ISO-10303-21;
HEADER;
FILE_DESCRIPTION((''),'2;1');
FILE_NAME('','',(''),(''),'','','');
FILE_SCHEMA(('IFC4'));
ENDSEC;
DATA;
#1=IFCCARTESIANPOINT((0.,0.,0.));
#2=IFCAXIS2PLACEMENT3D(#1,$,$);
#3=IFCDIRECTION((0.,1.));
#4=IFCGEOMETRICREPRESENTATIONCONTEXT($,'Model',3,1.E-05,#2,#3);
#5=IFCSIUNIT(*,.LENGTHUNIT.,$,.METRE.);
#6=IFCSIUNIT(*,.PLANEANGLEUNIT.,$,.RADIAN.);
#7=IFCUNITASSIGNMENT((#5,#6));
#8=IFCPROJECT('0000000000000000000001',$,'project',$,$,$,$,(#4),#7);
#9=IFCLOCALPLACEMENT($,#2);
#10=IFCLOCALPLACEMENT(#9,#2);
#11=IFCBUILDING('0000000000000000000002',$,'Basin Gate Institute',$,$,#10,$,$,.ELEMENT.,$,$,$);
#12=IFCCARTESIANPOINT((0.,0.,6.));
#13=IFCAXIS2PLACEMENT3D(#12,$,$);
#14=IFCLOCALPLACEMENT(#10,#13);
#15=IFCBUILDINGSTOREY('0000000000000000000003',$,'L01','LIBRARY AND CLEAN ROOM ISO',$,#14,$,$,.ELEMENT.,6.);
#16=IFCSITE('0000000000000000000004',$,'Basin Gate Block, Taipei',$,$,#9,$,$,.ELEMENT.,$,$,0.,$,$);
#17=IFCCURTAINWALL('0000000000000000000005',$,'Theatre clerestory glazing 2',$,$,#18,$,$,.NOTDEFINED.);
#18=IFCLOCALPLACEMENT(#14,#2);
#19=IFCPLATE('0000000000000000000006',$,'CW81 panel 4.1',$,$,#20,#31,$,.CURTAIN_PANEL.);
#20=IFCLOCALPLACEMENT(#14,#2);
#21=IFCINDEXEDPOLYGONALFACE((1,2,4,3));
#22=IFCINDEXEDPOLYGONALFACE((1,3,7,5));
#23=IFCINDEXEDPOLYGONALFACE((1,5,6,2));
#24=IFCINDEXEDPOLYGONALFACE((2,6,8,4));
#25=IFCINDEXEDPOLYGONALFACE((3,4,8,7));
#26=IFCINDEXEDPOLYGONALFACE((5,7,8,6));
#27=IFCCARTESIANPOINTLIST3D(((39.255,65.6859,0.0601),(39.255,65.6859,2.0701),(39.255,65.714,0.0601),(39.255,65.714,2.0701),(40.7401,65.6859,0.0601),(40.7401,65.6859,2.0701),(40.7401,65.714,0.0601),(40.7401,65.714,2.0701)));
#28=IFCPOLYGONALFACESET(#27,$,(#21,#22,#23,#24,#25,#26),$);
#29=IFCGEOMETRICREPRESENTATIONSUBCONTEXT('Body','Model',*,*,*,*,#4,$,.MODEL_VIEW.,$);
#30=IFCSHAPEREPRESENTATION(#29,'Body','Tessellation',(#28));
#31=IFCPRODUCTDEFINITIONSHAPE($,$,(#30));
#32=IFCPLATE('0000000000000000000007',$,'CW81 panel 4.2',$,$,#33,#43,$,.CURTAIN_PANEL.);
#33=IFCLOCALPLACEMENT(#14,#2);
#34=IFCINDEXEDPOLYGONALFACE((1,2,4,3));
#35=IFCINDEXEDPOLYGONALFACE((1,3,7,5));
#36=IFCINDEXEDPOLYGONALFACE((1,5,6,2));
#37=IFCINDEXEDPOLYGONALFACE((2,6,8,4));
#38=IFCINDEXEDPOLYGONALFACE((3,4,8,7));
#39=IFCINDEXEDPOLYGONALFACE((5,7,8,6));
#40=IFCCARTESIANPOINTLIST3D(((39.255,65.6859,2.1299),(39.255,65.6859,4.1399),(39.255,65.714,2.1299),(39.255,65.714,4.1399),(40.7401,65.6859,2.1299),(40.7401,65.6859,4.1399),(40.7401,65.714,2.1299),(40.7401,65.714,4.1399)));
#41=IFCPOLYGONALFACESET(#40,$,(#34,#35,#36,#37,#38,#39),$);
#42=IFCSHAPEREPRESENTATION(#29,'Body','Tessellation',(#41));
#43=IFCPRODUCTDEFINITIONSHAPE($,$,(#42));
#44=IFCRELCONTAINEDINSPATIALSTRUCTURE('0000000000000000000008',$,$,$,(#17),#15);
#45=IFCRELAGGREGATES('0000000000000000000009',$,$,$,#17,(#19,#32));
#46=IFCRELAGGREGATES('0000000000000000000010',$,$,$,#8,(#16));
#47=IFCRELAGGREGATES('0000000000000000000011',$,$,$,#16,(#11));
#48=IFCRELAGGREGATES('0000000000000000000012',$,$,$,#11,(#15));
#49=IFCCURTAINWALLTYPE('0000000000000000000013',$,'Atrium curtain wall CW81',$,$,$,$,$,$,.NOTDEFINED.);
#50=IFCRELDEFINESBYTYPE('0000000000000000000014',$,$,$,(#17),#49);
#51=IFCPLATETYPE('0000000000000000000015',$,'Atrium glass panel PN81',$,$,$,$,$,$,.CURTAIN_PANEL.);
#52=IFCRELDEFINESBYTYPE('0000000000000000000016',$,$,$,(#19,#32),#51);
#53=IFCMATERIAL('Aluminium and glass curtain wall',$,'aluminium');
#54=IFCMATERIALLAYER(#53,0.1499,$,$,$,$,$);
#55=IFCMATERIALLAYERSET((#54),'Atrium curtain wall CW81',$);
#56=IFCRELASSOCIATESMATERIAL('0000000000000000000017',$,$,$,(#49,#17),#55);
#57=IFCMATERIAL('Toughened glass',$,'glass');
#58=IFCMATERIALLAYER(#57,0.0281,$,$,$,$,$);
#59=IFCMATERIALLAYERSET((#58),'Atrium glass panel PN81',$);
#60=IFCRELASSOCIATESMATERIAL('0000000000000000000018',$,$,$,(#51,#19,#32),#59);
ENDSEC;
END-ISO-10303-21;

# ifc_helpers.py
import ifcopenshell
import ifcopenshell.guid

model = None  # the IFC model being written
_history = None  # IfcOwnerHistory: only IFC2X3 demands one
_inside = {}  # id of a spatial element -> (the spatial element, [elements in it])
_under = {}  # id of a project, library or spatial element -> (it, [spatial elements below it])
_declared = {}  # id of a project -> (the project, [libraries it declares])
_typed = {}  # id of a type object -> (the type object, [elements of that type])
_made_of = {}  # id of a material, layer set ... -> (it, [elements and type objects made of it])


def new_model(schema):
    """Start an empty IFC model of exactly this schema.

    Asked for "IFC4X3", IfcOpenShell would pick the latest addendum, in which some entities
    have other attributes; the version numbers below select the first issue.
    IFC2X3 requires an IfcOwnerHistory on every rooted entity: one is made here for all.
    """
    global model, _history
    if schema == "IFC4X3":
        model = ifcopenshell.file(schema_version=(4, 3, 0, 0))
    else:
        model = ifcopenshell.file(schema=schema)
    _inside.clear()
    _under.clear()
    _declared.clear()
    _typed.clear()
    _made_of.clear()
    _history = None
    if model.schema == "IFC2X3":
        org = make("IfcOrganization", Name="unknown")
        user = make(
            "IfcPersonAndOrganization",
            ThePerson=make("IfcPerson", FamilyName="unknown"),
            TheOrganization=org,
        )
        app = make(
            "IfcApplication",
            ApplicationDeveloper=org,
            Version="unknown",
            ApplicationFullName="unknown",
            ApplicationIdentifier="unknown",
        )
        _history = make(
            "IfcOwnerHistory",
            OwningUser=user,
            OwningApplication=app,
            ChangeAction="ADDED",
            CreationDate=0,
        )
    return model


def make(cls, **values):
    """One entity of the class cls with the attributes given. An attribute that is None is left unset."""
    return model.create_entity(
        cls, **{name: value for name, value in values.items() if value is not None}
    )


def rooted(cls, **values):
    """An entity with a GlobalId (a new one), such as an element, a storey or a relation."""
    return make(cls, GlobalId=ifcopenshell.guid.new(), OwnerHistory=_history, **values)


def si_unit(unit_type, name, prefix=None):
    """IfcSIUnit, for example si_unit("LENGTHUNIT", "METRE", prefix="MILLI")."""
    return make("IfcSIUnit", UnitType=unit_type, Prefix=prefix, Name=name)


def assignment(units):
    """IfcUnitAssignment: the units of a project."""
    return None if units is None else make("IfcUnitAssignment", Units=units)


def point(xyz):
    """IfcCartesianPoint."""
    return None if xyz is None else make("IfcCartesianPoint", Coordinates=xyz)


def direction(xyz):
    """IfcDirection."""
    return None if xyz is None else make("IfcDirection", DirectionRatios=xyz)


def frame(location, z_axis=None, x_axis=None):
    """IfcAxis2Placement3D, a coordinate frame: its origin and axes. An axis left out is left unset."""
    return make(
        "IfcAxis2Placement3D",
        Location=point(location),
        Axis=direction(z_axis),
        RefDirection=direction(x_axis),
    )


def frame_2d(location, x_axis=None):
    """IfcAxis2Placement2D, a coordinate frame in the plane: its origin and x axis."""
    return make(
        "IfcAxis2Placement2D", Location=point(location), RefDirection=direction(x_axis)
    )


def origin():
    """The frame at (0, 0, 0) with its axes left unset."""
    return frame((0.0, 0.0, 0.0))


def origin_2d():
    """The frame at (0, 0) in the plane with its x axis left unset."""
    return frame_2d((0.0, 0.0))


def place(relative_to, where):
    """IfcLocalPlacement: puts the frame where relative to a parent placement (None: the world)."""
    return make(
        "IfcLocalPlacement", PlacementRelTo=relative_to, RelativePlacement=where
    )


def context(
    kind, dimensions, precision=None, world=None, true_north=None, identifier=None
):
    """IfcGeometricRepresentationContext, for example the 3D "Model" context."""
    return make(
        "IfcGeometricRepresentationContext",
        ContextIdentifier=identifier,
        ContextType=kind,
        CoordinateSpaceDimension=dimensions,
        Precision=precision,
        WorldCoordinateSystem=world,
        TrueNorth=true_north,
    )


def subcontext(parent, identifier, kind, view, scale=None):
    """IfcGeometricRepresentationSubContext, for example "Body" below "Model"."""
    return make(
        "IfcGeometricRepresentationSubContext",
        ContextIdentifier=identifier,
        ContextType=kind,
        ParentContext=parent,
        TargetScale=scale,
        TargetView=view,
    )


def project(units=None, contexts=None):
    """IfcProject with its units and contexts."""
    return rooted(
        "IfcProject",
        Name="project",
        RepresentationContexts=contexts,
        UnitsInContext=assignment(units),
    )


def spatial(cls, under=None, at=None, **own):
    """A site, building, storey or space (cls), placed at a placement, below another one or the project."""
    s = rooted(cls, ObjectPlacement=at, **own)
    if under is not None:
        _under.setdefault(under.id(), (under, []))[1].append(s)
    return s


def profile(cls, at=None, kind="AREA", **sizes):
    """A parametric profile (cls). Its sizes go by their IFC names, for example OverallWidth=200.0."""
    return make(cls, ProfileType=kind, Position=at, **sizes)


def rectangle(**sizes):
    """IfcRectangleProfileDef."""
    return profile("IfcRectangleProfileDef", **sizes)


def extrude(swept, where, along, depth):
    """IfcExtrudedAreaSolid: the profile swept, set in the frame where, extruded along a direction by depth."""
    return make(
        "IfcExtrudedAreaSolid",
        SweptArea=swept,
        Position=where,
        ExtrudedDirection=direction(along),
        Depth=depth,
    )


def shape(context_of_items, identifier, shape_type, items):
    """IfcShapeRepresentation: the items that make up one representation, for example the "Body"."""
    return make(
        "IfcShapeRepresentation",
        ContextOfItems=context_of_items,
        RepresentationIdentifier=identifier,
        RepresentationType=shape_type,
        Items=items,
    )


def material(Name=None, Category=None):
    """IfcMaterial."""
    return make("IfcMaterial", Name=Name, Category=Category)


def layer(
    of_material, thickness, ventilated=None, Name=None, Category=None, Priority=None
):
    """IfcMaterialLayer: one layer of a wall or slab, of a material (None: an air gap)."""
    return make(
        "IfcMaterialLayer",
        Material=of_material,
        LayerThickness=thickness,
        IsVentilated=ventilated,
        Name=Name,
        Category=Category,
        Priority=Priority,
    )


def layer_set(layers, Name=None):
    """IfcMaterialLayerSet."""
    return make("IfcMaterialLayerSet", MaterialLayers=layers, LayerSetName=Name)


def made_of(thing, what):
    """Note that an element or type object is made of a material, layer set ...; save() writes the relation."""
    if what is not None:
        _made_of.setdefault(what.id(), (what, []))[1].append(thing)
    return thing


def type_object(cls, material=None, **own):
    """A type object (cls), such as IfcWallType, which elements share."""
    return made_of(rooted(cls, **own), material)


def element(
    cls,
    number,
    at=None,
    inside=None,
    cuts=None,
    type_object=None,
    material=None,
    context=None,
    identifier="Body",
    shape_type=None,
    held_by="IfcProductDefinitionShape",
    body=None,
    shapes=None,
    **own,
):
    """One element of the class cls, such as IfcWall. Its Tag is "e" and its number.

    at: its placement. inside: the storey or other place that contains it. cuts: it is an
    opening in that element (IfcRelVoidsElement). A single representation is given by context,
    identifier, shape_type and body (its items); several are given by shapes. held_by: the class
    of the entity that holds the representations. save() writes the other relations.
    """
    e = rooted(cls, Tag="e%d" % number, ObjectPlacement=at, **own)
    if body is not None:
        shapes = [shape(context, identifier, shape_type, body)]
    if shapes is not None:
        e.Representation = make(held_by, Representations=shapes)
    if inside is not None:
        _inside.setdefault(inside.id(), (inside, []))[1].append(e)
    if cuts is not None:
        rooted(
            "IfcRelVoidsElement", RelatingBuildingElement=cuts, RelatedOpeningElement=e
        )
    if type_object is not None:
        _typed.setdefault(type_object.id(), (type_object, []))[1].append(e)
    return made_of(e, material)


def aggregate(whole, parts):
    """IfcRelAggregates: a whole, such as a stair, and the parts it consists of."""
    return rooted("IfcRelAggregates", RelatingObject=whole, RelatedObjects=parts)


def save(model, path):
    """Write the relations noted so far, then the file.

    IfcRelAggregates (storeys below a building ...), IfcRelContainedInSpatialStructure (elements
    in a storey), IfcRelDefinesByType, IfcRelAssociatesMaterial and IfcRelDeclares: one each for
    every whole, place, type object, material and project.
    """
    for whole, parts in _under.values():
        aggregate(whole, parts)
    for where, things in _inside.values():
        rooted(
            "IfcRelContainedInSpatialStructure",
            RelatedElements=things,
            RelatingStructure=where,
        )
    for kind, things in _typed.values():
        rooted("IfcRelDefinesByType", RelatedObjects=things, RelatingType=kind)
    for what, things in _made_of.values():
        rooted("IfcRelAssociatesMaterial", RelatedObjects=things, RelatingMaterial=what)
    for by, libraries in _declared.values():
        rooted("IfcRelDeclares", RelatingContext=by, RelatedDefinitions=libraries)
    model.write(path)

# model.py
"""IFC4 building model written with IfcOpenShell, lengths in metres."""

from ifc_helpers import new_model, si_unit, direction, frame, origin, origin_2d, place, context, subcontext, project, spatial, rectangle, extrude, material, layer, layer_set, type_object, element, aggregate, save


model = new_model("IFC4")

# Units and contexts
model_context = context("Model", 3, precision=1e-05, world=origin(), true_north=direction((0.0, 1.0)))
body_context = subcontext(model_context, "Body", "Model", "MODEL_VIEW")
ifc_project = project(units=[si_unit("LENGTHUNIT", "METRE"), si_unit("PLANEANGLEUNIT", "RADIAN")], contexts=[model_context])

# Site, building, storey
site_placement = place(None, origin())
site = spatial("IfcSite", under=ifc_project, at=site_placement, Name="Basin Gate Block, Taipei", CompositionType="ELEMENT", RefElevation=0.0)
building_placement = place(site_placement, origin())
building = spatial("IfcBuilding", under=site, at=building_placement, Name="Basin Gate Institute", CompositionType="ELEMENT")
storey_placement = place(building_placement, frame((0.0, 0.0, 6.0)))
storey = spatial("IfcBuildingStorey", under=building, at=storey_placement, Name="L01", Description="LIBRARY AND CLEAN ROOM ISO", CompositionType="ELEMENT", Elevation=6.0)

# Shared definitions
ifc_material_1 = material(Name="Aluminium and glass curtain wall", Category="aluminium")
ifc_layer_1 = layer(ifc_material_1, 0.1499)
ifc_layer_set_1 = layer_set([ifc_layer_1], Name="Atrium curtain wall CW81")
curtain_wall_type = type_object("IfcCurtainWallType", Name="Atrium curtain wall CW81", PredefinedType="NOTDEFINED", material=ifc_layer_set_1)

# Curtain wall
curtain_wall_1_placement = place(storey_placement, origin())
curtain_wall_1 = element("IfcCurtainWall", 1, at=curtain_wall_1_placement, inside=storey, type_object=curtain_wall_type, material=ifc_layer_set_1, Name="Theatre clerestory glazing 2", PredefinedType="NOTDEFINED")

# Plates
ifc_material_2 = material(Name="Toughened glass", Category="glass")
ifc_layer_2 = layer(ifc_material_2, 0.0281)
ifc_layer_set_2 = layer_set([ifc_layer_2], Name="Atrium glass panel PN81")
plate_type = type_object("IfcPlateType", Name="Atrium glass panel PN81", PredefinedType="CURTAIN_PANEL", material=ifc_layer_set_2)
plate_1_placement = place(storey_placement, frame((39.9976, 65.7, 0.0601), z_axis=(0.0, 0.0, 1.0), x_axis=(1.0, 0.0, 0.0)))
plate_1 = element("IfcPlate", 2, at=plate_1_placement, type_object=plate_type, material=ifc_layer_set_2, Name="CW81 panel 4.1", PredefinedType="CURTAIN_PANEL", context=body_context, shape_type="SweptSolid", body=[
    extrude(rectangle(XDim=1.4851, YDim=0.0281, at=origin_2d()), origin(), (0.0, 0.0, 1.0), 2.01),
])
plate_2_placement = place(storey_placement, frame((39.9976, 65.7, 2.1299), z_axis=(0.0, 0.0, 1.0), x_axis=(1.0, 0.0, 0.0)))
plate_2 = element("IfcPlate", 3, at=plate_2_placement, type_object=plate_type, material=ifc_layer_set_2, Name="CW81 panel 4.2", PredefinedType="CURTAIN_PANEL", context=body_context, shape_type="SweptSolid", body=[
    extrude(rectangle(XDim=1.4851, YDim=0.0281, at=origin_2d()), origin(), (0.0, 0.0, 1.0), 2.01),
])
aggregate(curtain_wall_1, [plate_1, plate_2])

save(model, "model.ifc")
